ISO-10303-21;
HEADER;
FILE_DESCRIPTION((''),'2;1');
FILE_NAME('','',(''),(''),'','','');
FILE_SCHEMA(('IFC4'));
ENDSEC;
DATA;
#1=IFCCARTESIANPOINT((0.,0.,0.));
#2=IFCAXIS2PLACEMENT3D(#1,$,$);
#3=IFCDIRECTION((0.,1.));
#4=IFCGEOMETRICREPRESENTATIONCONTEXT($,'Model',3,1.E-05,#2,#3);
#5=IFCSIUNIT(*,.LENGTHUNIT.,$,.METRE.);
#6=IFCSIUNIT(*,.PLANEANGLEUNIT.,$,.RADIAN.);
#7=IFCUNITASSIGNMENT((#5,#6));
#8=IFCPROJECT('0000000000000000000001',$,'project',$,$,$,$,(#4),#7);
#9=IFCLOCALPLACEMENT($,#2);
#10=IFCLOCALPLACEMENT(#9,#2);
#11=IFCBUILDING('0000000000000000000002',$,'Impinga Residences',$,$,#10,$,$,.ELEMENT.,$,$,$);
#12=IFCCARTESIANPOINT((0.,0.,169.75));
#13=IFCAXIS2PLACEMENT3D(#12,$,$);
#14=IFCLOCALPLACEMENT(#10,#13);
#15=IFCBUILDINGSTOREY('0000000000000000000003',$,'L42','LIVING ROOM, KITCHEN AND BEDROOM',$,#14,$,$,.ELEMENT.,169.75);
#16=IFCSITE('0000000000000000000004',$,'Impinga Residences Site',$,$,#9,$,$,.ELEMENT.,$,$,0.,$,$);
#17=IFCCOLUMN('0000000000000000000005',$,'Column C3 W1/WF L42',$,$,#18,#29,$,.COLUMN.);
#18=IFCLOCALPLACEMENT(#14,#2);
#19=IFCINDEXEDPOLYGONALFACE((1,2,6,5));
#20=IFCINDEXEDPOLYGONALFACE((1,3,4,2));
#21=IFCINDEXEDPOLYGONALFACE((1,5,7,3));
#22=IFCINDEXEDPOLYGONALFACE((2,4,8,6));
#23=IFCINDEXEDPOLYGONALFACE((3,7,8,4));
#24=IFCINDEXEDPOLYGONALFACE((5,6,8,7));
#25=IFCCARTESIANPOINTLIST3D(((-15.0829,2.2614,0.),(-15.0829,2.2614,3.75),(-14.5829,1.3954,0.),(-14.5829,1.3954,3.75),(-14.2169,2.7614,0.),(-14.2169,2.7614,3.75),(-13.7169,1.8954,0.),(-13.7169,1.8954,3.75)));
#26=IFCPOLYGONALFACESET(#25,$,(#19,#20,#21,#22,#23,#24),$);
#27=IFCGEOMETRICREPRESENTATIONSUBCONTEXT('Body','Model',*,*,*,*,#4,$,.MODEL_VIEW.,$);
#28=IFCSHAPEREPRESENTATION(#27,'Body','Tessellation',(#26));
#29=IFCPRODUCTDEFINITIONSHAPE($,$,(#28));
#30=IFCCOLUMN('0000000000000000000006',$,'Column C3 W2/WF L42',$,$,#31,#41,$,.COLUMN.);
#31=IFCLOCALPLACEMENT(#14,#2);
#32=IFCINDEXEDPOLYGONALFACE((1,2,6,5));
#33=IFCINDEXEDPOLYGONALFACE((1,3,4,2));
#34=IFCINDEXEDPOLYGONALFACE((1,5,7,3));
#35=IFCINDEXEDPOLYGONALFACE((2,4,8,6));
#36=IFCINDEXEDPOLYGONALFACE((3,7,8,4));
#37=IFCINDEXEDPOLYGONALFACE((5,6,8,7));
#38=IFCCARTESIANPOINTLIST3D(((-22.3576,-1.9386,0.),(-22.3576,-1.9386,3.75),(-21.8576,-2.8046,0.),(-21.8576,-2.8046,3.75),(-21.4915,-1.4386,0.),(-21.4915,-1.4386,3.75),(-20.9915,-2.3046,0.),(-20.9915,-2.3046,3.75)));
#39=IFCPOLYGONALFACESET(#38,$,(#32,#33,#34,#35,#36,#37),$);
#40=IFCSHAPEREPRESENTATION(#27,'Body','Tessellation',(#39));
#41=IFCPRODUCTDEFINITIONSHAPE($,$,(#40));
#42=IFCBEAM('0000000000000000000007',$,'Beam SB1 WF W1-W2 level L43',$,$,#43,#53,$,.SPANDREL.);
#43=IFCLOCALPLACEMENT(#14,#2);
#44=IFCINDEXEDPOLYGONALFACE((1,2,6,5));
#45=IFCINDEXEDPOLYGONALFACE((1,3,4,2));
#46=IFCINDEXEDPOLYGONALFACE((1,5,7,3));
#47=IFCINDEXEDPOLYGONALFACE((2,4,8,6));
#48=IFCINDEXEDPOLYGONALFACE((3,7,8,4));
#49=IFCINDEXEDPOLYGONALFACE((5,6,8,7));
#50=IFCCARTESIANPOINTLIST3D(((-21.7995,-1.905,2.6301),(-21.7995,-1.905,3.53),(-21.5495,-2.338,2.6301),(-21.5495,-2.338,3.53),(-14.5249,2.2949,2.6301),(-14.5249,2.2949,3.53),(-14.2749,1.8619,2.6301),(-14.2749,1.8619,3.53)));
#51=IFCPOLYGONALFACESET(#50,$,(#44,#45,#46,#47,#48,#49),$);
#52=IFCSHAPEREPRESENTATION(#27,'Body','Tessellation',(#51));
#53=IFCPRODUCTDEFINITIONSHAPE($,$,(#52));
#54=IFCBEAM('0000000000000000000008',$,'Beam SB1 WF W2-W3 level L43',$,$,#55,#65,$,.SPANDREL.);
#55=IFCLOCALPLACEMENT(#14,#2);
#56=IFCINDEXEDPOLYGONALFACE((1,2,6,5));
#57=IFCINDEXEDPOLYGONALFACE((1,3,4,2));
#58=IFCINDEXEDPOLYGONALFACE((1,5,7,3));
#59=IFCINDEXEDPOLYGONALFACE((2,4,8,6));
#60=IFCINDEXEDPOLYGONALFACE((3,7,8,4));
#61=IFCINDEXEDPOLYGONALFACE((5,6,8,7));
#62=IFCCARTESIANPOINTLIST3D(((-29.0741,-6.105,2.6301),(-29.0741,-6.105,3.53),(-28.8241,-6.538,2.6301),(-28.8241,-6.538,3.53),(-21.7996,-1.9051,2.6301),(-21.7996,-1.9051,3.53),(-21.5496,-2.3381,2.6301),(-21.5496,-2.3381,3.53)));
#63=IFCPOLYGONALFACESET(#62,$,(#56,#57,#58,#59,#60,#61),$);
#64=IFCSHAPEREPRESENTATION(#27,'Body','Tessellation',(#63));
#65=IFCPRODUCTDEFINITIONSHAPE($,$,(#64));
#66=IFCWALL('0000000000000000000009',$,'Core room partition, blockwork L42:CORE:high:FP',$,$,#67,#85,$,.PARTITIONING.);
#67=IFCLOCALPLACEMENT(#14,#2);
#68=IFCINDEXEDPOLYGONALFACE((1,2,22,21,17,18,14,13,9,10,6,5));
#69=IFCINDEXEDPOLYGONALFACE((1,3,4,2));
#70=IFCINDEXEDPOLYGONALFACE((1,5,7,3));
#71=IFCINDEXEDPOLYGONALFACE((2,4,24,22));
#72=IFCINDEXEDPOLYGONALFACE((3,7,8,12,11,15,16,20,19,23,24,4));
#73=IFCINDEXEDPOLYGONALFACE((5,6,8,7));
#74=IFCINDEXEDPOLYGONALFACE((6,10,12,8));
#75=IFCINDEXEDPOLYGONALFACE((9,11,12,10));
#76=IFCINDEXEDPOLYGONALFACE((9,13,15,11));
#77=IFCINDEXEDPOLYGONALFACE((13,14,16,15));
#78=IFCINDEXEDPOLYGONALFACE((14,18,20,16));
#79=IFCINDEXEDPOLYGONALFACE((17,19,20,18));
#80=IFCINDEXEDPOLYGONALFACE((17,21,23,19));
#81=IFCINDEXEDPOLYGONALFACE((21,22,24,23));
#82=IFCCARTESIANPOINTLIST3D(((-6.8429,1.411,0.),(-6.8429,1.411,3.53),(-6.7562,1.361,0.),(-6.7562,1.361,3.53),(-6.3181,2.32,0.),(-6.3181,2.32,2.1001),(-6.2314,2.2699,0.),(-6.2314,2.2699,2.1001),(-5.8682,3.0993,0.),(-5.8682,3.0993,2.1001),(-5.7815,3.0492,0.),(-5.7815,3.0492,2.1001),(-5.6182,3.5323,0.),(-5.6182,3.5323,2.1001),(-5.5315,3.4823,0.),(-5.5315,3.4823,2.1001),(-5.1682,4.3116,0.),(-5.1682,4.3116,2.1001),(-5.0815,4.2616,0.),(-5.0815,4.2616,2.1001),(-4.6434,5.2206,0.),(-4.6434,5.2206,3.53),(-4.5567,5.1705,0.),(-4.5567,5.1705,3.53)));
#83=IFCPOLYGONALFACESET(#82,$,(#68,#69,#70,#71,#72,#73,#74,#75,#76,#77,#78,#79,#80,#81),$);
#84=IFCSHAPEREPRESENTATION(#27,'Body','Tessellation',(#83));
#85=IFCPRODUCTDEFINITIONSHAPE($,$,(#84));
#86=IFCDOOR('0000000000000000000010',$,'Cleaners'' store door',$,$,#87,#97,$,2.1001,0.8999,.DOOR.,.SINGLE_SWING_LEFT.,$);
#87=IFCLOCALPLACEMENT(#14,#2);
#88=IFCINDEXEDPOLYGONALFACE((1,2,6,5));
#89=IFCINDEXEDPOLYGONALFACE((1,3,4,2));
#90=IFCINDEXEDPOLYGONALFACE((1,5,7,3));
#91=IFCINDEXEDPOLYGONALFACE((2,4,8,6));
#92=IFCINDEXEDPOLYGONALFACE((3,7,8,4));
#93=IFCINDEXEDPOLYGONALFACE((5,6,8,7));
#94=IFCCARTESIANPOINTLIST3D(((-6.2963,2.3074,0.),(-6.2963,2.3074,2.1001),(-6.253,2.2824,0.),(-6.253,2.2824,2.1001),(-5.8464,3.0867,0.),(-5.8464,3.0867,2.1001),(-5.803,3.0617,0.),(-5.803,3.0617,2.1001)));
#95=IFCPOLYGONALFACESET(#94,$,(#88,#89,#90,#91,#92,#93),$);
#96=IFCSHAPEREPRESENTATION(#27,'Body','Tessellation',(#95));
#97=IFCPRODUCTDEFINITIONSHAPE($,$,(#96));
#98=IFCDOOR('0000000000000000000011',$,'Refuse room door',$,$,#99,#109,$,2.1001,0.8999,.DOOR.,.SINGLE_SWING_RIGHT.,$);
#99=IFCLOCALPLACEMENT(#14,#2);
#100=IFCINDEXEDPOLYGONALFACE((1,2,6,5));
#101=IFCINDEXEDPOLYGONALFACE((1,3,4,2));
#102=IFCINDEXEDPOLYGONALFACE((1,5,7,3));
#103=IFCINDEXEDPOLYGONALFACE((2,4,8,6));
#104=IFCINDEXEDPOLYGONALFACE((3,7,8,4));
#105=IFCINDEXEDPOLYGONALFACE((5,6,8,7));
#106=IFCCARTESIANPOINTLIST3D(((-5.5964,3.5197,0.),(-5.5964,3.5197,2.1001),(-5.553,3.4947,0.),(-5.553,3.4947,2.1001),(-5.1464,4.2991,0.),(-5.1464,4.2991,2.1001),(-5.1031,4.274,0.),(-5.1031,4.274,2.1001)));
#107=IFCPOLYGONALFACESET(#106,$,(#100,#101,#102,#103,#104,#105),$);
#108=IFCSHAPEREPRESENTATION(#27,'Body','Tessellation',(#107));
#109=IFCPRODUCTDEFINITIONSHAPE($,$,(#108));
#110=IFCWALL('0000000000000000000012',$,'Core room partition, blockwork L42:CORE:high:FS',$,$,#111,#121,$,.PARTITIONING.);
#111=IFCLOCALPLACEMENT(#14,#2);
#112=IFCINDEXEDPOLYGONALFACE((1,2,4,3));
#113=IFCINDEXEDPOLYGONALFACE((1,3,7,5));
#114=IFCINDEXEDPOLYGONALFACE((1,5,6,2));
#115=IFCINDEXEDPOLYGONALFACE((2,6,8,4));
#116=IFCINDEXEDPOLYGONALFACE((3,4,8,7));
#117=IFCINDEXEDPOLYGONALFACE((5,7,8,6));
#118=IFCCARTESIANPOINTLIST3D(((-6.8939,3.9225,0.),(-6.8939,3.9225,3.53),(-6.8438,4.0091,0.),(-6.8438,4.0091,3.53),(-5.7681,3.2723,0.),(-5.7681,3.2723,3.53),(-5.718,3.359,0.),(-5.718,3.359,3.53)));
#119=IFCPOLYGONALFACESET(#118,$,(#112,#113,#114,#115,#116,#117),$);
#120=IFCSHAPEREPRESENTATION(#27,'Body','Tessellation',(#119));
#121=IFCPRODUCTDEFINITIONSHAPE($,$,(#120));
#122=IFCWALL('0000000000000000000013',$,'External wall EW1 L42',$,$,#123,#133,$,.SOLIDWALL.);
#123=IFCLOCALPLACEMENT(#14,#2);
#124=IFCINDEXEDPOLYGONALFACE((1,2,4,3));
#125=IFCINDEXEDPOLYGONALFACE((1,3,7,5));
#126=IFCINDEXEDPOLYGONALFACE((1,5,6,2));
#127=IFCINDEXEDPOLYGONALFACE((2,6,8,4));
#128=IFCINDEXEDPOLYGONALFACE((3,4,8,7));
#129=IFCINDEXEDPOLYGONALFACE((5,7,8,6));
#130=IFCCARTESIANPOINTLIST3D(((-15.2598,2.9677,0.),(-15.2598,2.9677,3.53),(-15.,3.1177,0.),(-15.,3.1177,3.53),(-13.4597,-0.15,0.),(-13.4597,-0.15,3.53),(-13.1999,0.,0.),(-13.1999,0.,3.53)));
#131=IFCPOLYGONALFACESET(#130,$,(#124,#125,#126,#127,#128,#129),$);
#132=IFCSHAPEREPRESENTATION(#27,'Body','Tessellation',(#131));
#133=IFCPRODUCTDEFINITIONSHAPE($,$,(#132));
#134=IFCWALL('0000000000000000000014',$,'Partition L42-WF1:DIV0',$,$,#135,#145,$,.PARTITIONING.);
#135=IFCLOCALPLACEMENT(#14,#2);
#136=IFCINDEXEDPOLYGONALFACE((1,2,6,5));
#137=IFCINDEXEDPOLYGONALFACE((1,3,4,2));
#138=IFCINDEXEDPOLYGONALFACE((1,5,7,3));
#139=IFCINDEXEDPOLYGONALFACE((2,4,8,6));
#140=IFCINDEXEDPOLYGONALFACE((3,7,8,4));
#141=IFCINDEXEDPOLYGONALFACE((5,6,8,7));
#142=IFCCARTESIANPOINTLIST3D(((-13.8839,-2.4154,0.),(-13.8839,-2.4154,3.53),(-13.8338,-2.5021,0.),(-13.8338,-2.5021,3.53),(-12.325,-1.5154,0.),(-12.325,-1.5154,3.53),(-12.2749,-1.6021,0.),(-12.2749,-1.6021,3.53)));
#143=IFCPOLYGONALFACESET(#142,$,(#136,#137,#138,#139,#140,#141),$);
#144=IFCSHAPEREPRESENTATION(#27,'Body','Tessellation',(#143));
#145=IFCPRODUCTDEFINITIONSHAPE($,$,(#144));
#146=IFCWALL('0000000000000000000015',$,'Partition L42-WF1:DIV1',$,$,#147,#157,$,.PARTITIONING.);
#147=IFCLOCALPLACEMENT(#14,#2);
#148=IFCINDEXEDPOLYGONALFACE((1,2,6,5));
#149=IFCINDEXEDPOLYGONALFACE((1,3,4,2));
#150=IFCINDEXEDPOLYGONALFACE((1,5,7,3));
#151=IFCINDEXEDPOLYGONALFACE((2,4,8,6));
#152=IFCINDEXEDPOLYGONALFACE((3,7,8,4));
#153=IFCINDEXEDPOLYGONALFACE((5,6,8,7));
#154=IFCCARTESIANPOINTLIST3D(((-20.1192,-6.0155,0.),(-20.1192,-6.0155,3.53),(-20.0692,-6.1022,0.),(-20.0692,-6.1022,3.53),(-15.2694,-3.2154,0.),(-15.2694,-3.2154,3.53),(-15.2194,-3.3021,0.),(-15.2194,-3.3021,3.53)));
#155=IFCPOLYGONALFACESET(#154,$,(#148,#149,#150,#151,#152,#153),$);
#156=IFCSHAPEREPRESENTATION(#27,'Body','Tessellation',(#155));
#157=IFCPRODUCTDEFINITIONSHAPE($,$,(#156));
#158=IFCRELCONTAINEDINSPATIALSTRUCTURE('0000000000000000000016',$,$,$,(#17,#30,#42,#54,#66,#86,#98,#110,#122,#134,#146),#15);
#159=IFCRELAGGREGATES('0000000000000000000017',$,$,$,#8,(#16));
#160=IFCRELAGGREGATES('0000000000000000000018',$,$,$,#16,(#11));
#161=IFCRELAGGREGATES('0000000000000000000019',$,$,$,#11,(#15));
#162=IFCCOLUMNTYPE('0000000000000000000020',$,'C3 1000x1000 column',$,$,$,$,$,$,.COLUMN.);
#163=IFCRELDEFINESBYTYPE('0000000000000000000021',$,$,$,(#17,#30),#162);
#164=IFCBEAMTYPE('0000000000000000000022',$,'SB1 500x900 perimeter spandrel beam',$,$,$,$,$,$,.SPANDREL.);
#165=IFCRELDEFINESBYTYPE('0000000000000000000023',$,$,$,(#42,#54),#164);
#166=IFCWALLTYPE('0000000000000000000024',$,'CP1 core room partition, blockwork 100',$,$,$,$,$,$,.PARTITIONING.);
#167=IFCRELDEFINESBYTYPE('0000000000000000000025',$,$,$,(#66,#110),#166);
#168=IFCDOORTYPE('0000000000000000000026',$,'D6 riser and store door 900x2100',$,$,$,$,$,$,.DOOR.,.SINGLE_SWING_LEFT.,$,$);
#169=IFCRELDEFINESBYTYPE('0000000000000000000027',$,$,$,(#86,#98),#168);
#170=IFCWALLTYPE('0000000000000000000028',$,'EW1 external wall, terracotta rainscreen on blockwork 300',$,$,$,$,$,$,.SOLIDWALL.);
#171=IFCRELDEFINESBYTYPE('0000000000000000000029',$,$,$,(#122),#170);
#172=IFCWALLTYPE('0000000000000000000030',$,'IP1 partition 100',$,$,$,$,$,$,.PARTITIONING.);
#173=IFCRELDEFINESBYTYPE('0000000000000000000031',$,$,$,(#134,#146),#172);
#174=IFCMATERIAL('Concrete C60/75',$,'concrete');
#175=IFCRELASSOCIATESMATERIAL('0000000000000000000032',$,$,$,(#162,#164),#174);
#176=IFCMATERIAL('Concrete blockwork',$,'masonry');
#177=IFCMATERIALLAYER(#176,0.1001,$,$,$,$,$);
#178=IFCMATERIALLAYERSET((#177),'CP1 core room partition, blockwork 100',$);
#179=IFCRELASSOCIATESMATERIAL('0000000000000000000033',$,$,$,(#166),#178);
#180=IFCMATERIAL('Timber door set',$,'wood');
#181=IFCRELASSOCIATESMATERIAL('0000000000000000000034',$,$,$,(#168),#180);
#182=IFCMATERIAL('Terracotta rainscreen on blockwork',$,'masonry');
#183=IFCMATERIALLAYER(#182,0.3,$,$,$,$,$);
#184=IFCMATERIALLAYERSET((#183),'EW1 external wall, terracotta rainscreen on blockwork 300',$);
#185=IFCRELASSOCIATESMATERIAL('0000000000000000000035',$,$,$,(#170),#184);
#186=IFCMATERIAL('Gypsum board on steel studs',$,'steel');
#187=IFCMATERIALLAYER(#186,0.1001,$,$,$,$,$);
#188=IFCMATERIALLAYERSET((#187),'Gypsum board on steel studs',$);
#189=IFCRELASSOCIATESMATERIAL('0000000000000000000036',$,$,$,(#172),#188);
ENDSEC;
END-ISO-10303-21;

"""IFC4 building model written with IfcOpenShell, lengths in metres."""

from ifc_helpers import new_model, si_unit, direction, frame, frame_2d, origin, origin_2d, place, context, subcontext, project, spatial, rectangle, extrude, material, layer, layer_set, material_profile, profile_set, type_object, element, fill, save


model = new_model("IFC4")

# Units and contexts
model_context = context("Model", 3, precision=1e-05, world=origin(), true_north=direction((0.0, 1.0)))
body_context = subcontext(model_context, "Body", "Model", "MODEL_VIEW")
ifc_project = project(units=[si_unit("LENGTHUNIT", "METRE"), si_unit("PLANEANGLEUNIT", "RADIAN")], contexts=[model_context])

# Site, building, storey
site_placement = place(None, origin())
site = spatial("IfcSite", under=ifc_project, at=site_placement, Name="Impinga Residences Site", CompositionType="ELEMENT", RefElevation=0.0)
building_placement = place(site_placement, origin())
building = spatial("IfcBuilding", under=site, at=building_placement, Name="Impinga Residences", CompositionType="ELEMENT")
storey_placement = place(building_placement, frame((0.0, 0.0, 169.75)))
storey = spatial("IfcBuildingStorey", under=building, at=storey_placement, Name="L42", Description="LIVING ROOM, KITCHEN AND BEDROOM", CompositionType="ELEMENT", Elevation=169.75)

# Columns
ifc_material_1 = material(Name="Concrete C60/75", Category="concrete")
ifc_material_profile_1 = material_profile(ifc_material_1, rectangle(XDim=1.0, YDim=1.0, at=origin_2d()), Name="RC 1000x1000")
ifc_profile_set_1 = profile_set([ifc_material_profile_1], Name="Concrete C60/75")
column_type = type_object("IfcColumnType", Name="C3 1000x1000 column", PredefinedType="COLUMN", material=ifc_profile_set_1)
for number, where, z_axis, x_axis, name in (
    (1, (-14.3999, 2.0784, 0.0), (0.0, 0.0, 1.0), (-0.5, 0.866025, 0.0), "Column C3 W1/WF L42"),
    (2, (-21.6746, -2.1216, 0.0), (0.0, 0.0, 1.0), (-0.5, 0.866025, 0.0), "Column C3 W2/WF L42"),
):
    element("IfcColumn", number, at=place(storey_placement, frame(where, z_axis=z_axis, x_axis=x_axis)), inside=storey, type_object=column_type, Name=name, PredefinedType="COLUMN", context=body_context, shape_type="SweptSolid", body=[
        extrude(rectangle(XDim=1.0, YDim=1.0, at=origin_2d()), origin(), (0.0, 0.0, 1.0), 3.75),
    ])

# Beams
ifc_material_profile_2 = material_profile(ifc_material_1, rectangle(XDim=0.5, YDim=0.8999, at=origin_2d()), Name="RC 500x900")
ifc_profile_set_2 = profile_set([ifc_material_profile_2], Name="Concrete C60/75")
beam_type = type_object("IfcBeamType", Name="SB1 500x900 perimeter spandrel beam", PredefinedType="SPANDREL", material=ifc_profile_set_2)
for number, where, z_axis, x_axis, name in (
    (3, (-14.3999, 2.0784, 3.0801), (-0.866029, -0.499993, 0.0), (0.499993, -0.866029, 0.0), "Beam SB1 WF W1-W2 level L43"),
    (4, (-21.6746, -2.1216, 3.0801), (-0.866029, -0.499993, 0.0), (0.499993, -0.866029, 0.0), "Beam SB1 WF W2-W3 level L43"),
):
    element("IfcBeam", number, at=place(storey_placement, frame(where, z_axis=z_axis, x_axis=x_axis)), inside=storey, type_object=beam_type, Name=name, PredefinedType="SPANDREL", context=body_context, shape_type="SweptSolid", body=[
        extrude(rectangle(XDim=0.5, YDim=0.8999, at=origin_2d()), origin(), (0.0, 0.0, 1.0), 8.3999),
    ])

# Wall, openings, doors
ifc_material_2 = material(Name="Concrete blockwork", Category="masonry")
ifc_layer_1 = layer(ifc_material_2, 0.1001)
ifc_layer_set_1 = layer_set([ifc_layer_1], Name="CP1 core room partition, blockwork 100")
wall_type_1 = type_object("IfcWallType", Name="CP1 core room partition, blockwork 100", PredefinedType="PARTITIONING", material=ifc_layer_set_1)
wall_1_placement = place(storey_placement, frame((-6.7996, 1.386, 0.0), z_axis=(0.0, 0.0, 1.0), x_axis=(0.500001, 0.866025, 0.0)))
wall_1 = element("IfcWall", 5, at=wall_1_placement, inside=storey, type_object=wall_type_1, Name="Core room partition, blockwork L42:CORE:high:FP", PredefinedType="PARTITIONING", context=body_context, shape_type="SweptSolid", body=[
    extrude(rectangle(XDim=4.3989, YDim=0.1001, at=frame_2d((2.1995, 0.0))), origin(), (0.0, 0.0, 1.0), 3.53),
])
opening_1_placement = place(wall_1_placement, frame((1.0496, 0.0, 0.0)))
opening_1 = element("IfcOpeningElement", 6, at=opening_1_placement, cuts=wall_1, PredefinedType="OPENING", context=body_context, shape_type="SweptSolid", body=[
    extrude(rectangle(XDim=0.8999, YDim=2.1001, at=frame_2d((0.45, 1.05))), frame((0.0, 0.0601, 0.0), z_axis=(0.0, -1.0, 0.0), x_axis=(1.0, 0.0, 0.0)), (0.0, 0.0, 1.0), 0.1201),
])
opening_2_placement = place(wall_1_placement, frame((2.4495, 0.0, 0.0)))
opening_2 = element("IfcOpeningElement", 7, at=opening_2_placement, cuts=wall_1, PredefinedType="OPENING", context=body_context, shape_type="SweptSolid", body=[
    extrude(rectangle(XDim=0.8999, YDim=2.1001, at=frame_2d((0.45, 1.05))), frame((0.0, 0.0601, 0.0), z_axis=(0.0, -1.0, 0.0), x_axis=(1.0, 0.0, 0.0)), (0.0, 0.0, 1.0), 0.1201),
])
ifc_material_3 = material(Name="Timber door set", Category="wood")
door_type_1 = type_object("IfcDoorType", Name="D6 riser and store door 900x2100", OperationType="SINGLE_SWING_LEFT", PredefinedType="DOOR", material=ifc_material_3)
door_1_placement = place(opening_1_placement, origin())
door_1 = element("IfcDoor", 8, at=door_1_placement, inside=storey, type_object=door_type_1, Name="Cleaners' store door", OperationType="SINGLE_SWING_LEFT", OverallHeight=2.1001, OverallWidth=0.8999, PredefinedType="DOOR", context=body_context, shape_type="SweptSolid", body=[
    extrude(rectangle(XDim=0.8999, YDim=2.1001, at=frame_2d((0.45, 1.05))), frame((0.0, 0.0249, 0.0), z_axis=(0.0, -1.0, 0.0), x_axis=(1.0, 0.0, 0.0)), (0.0, 0.0, 1.0), 0.05),
])
fill(opening_1, door_1)
door_2_placement = place(opening_2_placement, origin())
door_2 = element("IfcDoor", 9, at=door_2_placement, inside=storey, type_object=door_type_1, Name="Refuse room door", OperationType="SINGLE_SWING_RIGHT", OverallHeight=2.1001, OverallWidth=0.8999, PredefinedType="DOOR", context=body_context, shape_type="SweptSolid", body=[
    extrude(rectangle(XDim=0.8999, YDim=2.1001, at=frame_2d((0.45, 1.05))), frame((0.0, 0.0249, 0.0), z_axis=(0.0, -1.0, 0.0), x_axis=(1.0, 0.0, 0.0)), (0.0, 0.0, 1.0), 0.05),
])
fill(opening_2, door_2)

# Walls
wall_2_placement = place(storey_placement, frame((-5.7432, 3.3157, 0.0), z_axis=(0.0, 0.0, 1.0), x_axis=(-0.865957, 0.500118, 0.0)))
element("IfcWall", 10, at=wall_2_placement, inside=storey, type_object=wall_type_1, Name="Core room partition, blockwork L42:CORE:high:FS", PredefinedType="PARTITIONING", context=body_context, shape_type="SweptSolid", body=[
    extrude(rectangle(XDim=1.3, YDim=0.1001, at=frame_2d((0.6499, 0.0))), origin(), (0.0, 0.0, 1.0), 3.53),
])
ifc_material_4 = material(Name="Terracotta rainscreen on blockwork", Category="masonry")
ifc_layer_2 = layer(ifc_material_4, 0.3)
ifc_layer_set_2 = layer_set([ifc_layer_2], Name="EW1 external wall, terracotta rainscreen on blockwork 300")
wall_type_2 = type_object("IfcWallType", Name="EW1 external wall, terracotta rainscreen on blockwork 300", PredefinedType="SOLIDWALL", material=ifc_layer_set_2)
wall_3_placement = place(storey_placement, frame((-15.1299, 3.0427, 0.0), z_axis=(0.0, 0.0, 1.0), x_axis=(0.500012, -0.866018, 0.0)))
element("IfcWall", 11, at=wall_3_placement, inside=storey, type_object=wall_type_2, Name="External wall EW1 L42", PredefinedType="SOLIDWALL", context=body_context, shape_type="SweptSolid", body=[
    extrude(rectangle(XDim=3.6001, YDim=0.3, at=frame_2d((1.8, 0.0))), origin(), (0.0, 0.0, 1.0), 3.53),
])
ifc_material_5 = material(Name="Gypsum board on steel studs", Category="steel")
ifc_layer_3 = layer(ifc_material_5, 0.1001)
ifc_layer_set_3 = layer_set([ifc_layer_3], Name="Gypsum board on steel studs")
wall_type_3 = type_object("IfcWallType", Name="IP1 partition 100", PredefinedType="PARTITIONING", material=ifc_layer_set_3)
wall_4_placement = place(storey_placement, frame((-12.3, -1.5588, 0.0), z_axis=(0.0, 0.0, 1.0), x_axis=(-0.866048, -0.499961, 0.0)))
element("IfcWall", 12, at=wall_4_placement, inside=storey, type_object=wall_type_3, Name="Partition L42-WF1:DIV0", PredefinedType="PARTITIONING", context=body_context, shape_type="SweptSolid", body=[
    extrude(rectangle(XDim=1.8, YDim=0.1001, at=frame_2d((0.8999, 0.0))), origin(), (0.0, 0.0, 1.0), 3.53),
])
wall_5_placement = place(storey_placement, frame((-15.2444, -3.2588, 0.0), z_axis=(0.0, 0.0, 1.0), x_axis=(-0.866027, -0.499998, 0.0)))
element("IfcWall", 13, at=wall_5_placement, inside=storey, type_object=wall_type_3, Name="Partition L42-WF1:DIV1", PredefinedType="PARTITIONING", context=body_context, shape_type="SweptSolid", body=[
    extrude(rectangle(XDim=5.6001, YDim=0.1001, at=frame_2d((2.8, 0.0))), origin(), (0.0, 0.0, 1.0), 3.53),
])

save(model, "model.ifc")
